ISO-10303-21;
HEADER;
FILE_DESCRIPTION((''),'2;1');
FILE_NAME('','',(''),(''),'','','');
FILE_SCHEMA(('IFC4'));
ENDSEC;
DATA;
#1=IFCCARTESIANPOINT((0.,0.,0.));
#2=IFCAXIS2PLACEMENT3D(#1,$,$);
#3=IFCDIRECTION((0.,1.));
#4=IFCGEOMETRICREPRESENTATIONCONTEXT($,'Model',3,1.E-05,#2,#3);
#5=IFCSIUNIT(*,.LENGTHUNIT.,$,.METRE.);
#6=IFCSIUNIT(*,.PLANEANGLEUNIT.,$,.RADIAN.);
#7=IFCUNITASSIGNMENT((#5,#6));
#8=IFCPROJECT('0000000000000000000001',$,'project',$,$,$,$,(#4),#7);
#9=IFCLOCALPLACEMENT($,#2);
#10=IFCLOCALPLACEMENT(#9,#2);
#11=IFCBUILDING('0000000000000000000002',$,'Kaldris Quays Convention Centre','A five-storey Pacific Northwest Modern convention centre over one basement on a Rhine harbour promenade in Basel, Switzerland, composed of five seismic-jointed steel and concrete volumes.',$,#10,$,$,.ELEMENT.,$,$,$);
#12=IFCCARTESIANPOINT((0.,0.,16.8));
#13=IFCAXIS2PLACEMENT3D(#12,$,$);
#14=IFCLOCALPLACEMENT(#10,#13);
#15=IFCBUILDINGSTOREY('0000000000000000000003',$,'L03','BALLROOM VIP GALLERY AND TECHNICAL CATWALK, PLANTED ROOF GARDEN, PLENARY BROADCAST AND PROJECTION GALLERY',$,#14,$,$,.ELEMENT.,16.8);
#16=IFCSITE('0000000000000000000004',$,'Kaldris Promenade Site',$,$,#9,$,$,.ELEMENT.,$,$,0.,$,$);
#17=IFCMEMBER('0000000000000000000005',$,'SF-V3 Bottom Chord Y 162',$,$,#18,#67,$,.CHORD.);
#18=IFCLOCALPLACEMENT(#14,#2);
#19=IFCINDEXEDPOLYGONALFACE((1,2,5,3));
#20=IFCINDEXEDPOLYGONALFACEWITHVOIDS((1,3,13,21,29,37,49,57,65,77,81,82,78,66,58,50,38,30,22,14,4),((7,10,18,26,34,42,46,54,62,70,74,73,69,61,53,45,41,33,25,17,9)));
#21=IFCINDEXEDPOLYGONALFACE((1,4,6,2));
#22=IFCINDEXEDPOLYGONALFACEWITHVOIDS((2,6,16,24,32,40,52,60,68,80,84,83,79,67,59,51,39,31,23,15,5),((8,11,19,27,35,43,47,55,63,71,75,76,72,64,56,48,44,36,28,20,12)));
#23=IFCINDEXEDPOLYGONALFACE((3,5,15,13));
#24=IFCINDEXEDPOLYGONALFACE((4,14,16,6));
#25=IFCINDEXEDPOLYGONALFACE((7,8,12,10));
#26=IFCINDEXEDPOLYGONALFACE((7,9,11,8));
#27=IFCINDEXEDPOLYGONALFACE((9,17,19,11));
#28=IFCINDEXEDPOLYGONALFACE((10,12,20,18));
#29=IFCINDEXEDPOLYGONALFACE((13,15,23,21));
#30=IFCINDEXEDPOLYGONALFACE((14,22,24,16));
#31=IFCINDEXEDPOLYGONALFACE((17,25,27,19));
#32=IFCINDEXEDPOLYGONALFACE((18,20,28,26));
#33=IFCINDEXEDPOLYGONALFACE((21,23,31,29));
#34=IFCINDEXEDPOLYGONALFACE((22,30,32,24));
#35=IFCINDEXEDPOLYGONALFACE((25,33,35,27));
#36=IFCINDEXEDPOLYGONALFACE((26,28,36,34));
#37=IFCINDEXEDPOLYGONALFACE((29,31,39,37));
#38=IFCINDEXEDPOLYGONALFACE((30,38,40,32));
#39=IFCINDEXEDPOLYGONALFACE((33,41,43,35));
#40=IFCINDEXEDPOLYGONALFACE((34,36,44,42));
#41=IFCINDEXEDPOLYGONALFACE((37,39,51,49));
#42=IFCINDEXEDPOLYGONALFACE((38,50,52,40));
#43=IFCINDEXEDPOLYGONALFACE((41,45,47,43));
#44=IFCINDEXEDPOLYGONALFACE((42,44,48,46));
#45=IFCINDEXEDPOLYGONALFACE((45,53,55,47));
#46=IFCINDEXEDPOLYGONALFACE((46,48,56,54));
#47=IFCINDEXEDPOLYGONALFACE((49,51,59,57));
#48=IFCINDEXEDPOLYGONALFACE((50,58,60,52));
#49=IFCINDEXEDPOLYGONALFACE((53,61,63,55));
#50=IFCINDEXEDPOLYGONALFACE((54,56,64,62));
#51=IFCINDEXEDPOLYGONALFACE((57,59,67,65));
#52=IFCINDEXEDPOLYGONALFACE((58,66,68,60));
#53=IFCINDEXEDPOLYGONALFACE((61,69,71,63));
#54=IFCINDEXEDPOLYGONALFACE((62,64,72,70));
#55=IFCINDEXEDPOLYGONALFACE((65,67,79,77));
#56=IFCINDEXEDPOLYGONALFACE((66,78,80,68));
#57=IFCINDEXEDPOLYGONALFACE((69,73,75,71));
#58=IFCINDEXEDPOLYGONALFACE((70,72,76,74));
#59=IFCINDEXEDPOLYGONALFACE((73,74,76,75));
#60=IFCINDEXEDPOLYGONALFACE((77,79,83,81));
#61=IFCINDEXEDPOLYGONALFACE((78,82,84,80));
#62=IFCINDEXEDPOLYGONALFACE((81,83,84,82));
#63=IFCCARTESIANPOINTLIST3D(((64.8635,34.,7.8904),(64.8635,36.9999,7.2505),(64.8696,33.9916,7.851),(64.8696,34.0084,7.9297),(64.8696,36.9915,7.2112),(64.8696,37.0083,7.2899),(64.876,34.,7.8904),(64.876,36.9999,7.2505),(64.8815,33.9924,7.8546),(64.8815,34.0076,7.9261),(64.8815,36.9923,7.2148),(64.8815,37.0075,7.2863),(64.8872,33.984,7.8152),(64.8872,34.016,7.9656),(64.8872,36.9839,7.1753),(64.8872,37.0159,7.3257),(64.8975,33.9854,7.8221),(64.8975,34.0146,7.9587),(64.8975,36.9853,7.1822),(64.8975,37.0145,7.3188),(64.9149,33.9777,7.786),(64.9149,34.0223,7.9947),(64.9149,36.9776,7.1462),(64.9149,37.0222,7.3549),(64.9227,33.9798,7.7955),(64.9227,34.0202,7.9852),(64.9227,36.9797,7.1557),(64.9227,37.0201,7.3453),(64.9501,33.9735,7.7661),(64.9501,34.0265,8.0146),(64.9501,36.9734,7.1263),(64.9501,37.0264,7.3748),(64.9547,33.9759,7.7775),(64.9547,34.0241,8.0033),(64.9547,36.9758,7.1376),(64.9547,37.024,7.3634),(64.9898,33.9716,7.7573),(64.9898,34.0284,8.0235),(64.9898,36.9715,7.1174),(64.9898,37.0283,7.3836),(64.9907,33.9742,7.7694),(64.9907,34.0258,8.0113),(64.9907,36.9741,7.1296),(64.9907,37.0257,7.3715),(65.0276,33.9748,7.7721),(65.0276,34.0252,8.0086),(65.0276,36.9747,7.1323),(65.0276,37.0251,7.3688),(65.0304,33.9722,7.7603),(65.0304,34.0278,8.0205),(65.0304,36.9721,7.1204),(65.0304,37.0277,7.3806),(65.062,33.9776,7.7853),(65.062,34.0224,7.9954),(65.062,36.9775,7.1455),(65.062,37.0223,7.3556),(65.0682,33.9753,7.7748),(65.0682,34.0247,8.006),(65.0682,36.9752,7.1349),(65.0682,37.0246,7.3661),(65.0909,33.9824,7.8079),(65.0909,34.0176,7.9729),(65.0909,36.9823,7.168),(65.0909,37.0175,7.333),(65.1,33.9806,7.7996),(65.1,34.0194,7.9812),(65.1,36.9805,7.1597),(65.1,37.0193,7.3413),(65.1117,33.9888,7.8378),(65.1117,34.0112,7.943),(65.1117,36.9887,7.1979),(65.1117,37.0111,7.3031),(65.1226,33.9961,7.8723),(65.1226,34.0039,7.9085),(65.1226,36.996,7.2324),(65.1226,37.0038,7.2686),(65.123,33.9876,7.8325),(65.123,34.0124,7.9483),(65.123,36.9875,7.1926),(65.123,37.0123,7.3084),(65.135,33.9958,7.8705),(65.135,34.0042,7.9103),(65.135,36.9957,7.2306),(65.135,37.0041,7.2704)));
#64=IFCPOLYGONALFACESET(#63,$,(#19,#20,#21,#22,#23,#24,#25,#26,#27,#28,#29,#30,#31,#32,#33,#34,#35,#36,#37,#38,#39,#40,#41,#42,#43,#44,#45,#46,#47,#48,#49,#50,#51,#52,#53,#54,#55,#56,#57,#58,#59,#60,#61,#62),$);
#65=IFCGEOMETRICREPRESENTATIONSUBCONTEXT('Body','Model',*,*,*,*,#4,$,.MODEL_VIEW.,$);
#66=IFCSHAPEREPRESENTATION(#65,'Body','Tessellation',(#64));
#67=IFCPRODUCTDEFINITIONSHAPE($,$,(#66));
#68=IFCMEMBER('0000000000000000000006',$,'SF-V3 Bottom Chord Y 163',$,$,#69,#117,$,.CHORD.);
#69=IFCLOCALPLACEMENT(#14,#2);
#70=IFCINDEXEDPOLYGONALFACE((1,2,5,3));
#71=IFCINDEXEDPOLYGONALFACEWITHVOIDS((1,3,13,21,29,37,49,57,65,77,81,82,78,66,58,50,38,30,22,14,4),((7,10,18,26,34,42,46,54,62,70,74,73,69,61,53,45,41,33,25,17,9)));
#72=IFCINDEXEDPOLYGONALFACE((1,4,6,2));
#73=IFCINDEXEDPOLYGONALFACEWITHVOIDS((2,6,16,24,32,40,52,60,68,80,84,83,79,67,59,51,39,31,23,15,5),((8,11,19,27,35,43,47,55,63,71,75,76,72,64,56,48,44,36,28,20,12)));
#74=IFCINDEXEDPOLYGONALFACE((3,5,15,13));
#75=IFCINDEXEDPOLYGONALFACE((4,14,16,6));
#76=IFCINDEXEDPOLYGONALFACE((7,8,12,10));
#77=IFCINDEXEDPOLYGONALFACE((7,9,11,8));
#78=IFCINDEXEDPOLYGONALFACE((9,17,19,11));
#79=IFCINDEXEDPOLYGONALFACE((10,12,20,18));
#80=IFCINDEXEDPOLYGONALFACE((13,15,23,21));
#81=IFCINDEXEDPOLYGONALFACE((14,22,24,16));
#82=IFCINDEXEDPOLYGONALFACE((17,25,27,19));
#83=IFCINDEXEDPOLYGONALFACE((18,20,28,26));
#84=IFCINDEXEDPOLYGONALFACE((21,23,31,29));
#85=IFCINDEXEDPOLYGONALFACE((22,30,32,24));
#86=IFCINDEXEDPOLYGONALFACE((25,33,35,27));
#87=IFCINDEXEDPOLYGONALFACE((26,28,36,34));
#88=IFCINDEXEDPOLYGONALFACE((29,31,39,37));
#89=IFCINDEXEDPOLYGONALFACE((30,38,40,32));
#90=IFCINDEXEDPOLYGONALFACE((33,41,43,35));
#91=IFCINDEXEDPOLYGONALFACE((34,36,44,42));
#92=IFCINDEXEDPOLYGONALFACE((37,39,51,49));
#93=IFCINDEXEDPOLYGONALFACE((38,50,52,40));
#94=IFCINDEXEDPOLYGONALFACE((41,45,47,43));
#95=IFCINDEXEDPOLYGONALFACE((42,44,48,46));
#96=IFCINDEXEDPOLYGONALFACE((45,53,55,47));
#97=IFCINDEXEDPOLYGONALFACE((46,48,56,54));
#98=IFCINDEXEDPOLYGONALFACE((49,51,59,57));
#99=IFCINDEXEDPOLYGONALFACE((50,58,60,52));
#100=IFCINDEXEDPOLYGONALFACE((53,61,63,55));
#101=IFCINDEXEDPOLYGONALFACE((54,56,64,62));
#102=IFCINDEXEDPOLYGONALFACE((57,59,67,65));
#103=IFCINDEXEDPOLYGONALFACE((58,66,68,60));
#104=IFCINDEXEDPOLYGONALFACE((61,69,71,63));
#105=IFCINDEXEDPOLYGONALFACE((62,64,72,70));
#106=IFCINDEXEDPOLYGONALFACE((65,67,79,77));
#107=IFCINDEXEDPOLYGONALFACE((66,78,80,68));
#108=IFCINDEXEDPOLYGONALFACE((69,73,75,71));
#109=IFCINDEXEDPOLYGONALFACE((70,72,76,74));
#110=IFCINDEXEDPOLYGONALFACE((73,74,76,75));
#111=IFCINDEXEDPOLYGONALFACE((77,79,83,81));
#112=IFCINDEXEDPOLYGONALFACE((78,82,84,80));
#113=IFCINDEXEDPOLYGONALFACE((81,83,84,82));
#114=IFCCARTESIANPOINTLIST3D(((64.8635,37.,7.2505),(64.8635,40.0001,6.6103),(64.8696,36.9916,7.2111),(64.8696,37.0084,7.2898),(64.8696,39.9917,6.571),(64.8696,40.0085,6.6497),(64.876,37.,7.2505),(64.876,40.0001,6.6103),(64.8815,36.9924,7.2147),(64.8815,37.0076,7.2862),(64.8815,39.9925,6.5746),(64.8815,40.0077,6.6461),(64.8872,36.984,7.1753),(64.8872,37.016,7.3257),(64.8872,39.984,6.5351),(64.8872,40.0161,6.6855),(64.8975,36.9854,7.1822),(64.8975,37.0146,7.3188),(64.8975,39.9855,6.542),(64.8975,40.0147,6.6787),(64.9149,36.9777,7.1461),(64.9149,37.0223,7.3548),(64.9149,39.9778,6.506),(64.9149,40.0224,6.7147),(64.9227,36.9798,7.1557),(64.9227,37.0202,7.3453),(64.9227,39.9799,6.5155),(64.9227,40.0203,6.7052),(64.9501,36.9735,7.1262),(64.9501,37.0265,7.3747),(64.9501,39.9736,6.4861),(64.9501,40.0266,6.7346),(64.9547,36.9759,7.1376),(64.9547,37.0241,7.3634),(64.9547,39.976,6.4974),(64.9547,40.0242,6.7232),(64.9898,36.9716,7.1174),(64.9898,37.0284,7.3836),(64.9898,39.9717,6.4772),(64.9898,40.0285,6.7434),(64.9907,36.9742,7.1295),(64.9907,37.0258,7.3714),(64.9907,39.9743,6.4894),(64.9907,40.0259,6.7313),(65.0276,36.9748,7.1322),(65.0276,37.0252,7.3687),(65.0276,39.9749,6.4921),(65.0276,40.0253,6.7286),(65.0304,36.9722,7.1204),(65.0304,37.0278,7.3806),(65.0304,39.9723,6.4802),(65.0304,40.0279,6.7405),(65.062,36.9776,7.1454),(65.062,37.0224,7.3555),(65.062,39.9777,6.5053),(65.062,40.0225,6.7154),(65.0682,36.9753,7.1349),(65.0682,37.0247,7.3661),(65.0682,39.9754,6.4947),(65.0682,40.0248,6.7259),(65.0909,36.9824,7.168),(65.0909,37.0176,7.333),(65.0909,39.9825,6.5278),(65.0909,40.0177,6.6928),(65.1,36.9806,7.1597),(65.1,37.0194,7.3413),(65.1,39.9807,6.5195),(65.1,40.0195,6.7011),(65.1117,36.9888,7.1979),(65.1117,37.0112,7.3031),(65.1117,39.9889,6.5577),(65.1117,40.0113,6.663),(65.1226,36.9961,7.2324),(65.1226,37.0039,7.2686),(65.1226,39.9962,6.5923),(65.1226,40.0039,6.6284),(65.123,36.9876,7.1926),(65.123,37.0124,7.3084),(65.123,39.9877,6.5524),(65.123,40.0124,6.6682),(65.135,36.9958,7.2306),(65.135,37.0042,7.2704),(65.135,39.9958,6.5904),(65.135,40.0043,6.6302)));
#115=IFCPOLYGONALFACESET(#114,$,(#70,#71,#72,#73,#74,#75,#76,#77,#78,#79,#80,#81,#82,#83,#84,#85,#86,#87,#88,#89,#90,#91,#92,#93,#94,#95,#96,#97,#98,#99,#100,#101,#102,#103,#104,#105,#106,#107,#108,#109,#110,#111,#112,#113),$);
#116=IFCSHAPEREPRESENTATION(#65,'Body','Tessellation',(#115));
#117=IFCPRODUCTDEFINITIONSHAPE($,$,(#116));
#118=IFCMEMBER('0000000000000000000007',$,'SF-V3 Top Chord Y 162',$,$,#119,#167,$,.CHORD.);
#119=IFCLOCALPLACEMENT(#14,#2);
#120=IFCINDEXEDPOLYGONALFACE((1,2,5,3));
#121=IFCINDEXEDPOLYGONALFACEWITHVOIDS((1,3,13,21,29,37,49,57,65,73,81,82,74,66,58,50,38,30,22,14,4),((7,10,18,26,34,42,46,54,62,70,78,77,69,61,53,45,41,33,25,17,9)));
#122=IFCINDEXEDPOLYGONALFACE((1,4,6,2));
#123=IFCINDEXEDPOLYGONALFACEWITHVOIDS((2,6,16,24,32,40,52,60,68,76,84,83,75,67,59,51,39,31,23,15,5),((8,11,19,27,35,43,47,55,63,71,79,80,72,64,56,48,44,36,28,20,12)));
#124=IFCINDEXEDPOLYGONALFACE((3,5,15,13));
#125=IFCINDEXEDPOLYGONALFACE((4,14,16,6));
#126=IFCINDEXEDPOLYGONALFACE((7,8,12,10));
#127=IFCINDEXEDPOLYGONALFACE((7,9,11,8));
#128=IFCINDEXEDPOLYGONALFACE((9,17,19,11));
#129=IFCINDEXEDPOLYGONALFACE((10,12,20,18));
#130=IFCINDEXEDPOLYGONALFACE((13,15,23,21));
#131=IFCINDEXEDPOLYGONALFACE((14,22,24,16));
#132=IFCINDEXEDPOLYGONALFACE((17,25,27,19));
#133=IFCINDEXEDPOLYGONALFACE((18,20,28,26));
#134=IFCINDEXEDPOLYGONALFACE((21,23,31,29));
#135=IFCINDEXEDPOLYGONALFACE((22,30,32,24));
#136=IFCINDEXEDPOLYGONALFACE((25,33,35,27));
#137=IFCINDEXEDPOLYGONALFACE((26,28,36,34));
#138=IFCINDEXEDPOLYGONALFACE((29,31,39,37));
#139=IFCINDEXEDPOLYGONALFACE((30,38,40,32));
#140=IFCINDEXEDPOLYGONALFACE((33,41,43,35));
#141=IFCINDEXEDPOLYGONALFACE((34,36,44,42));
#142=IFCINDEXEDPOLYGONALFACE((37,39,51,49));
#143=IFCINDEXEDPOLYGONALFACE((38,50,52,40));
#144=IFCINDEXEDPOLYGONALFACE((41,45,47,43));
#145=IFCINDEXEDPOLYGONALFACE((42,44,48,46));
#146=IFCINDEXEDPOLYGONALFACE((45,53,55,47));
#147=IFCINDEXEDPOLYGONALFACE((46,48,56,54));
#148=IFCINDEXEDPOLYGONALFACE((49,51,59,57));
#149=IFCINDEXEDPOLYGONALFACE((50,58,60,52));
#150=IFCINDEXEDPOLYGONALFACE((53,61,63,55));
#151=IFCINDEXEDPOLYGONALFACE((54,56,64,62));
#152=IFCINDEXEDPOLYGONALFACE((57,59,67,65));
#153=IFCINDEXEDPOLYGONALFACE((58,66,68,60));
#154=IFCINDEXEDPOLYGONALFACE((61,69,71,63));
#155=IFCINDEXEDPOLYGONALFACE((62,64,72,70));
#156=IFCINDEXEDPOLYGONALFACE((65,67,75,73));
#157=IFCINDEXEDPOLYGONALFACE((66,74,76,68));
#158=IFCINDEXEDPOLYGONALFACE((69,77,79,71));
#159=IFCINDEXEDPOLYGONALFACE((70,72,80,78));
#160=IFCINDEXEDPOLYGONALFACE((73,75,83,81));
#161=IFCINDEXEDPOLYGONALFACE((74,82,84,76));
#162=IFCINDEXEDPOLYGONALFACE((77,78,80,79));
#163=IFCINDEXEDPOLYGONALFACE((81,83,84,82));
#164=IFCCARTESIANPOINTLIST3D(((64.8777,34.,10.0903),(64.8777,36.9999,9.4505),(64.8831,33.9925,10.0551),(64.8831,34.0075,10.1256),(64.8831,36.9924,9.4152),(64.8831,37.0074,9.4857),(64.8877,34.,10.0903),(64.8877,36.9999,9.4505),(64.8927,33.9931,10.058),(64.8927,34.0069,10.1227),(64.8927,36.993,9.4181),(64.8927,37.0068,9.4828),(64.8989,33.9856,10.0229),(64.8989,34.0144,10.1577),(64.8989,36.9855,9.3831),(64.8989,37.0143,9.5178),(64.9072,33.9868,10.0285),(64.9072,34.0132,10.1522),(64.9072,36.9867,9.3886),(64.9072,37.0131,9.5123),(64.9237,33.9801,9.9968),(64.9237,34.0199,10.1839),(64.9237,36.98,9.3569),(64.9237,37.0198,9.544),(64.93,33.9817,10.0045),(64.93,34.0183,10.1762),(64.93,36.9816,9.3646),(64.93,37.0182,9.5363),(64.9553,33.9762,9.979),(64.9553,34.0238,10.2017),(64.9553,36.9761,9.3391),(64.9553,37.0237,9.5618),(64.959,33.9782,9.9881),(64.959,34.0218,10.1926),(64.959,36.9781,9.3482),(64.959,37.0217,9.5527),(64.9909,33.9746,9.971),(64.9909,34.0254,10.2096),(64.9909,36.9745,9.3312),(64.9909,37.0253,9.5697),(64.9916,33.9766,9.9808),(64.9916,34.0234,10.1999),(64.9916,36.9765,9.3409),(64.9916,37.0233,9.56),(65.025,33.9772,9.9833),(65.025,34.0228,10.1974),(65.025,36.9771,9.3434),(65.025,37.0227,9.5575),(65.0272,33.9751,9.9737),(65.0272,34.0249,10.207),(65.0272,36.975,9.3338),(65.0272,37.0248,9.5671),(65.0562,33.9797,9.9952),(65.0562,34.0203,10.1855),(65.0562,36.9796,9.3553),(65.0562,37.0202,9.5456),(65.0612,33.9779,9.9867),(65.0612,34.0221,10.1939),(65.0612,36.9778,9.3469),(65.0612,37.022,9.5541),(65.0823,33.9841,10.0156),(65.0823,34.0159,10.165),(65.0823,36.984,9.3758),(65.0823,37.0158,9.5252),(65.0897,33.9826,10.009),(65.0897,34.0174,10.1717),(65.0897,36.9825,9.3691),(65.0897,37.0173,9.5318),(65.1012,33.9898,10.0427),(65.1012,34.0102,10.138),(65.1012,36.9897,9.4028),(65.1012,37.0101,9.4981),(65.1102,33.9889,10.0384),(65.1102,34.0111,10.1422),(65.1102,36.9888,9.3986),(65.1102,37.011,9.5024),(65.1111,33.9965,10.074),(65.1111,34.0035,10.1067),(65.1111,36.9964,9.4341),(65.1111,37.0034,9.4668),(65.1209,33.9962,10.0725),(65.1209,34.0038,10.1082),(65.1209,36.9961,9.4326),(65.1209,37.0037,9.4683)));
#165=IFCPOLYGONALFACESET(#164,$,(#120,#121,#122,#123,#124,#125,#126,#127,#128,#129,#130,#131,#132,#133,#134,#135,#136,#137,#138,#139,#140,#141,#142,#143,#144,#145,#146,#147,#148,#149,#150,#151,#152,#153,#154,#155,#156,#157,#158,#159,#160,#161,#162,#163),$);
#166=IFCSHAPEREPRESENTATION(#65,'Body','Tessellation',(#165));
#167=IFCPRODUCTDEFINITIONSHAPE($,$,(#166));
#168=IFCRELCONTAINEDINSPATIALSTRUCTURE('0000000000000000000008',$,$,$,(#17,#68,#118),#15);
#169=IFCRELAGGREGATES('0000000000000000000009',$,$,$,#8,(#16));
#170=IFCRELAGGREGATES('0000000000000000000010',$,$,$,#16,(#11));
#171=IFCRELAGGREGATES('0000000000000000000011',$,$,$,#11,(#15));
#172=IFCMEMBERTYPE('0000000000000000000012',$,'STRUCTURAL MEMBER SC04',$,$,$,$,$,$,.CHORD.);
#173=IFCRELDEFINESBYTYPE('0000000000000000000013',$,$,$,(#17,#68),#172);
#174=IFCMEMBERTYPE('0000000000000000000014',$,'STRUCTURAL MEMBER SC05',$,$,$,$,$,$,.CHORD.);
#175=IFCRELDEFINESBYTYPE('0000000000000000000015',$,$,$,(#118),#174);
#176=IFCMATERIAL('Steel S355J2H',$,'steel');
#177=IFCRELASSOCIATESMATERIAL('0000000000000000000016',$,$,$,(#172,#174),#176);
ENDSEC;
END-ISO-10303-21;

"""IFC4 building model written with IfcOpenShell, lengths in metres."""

from ifc_helpers import new_model, si_unit, direction, frame, origin, origin_2d, place, context, subcontext, project, spatial, hollow_circle, extrude, material, material_profile, profile_set, type_object, element, save


model = new_model("IFC4")

# Units and contexts
model_context = context("Model", 3, precision=1e-05, world=origin(), true_north=direction((0.0, 1.0)))
body_context = subcontext(model_context, "Body", "Model", "MODEL_VIEW")
ifc_project = project(units=[si_unit("LENGTHUNIT", "METRE"), si_unit("PLANEANGLEUNIT", "RADIAN")], contexts=[model_context])

# Site, building, storey
site_placement = place(None, origin())
site = spatial("IfcSite", under=ifc_project, at=site_placement, Name="Kaldris Promenade Site", CompositionType="ELEMENT", RefElevation=0.0)
building_placement = place(site_placement, origin())
building = spatial("IfcBuilding", under=site, at=building_placement, Name="Kaldris Quays Convention Centre", Description="A five-storey Pacific Northwest Modern convention centre over one basement on a Rhine harbour promenade in Basel, Switzerland, composed of five seismic-jointed steel and concrete volumes.", CompositionType="ELEMENT")
storey_placement = place(building_placement, frame((0.0, 0.0, 16.8)))
storey = spatial("IfcBuildingStorey", under=building, at=storey_placement, Name="L03", Description="BALLROOM VIP GALLERY AND TECHNICAL CATWALK, PLANTED ROOF GARDEN, PLENARY BROADCAST AND PROJECTION GALLERY", CompositionType="ELEMENT", Elevation=16.8)

# Members
ifc_material_1 = material(Name="Steel S355J2H", Category="steel")
ifc_material_profile_1 = material_profile(ifc_material_1, hollow_circle(Radius=0.1365, WallThickness=0.0125, at=origin_2d()), Name="CHS 273x12.5")
ifc_profile_set_1 = profile_set([ifc_material_profile_1], Name="Steel S355J2H")
member_type_1 = type_object("IfcMemberType", Name="STRUCTURAL MEMBER SC04", PredefinedType="CHORD", material=ifc_profile_set_1)
member_1_placement = place(storey_placement, frame((65.0, 34.0, 7.8904), z_axis=(0.0, 0.978, -0.208605), x_axis=(-1.0, 0.0, 0.0)))
element("IfcMember", 1, at=member_1_placement, inside=storey, type_object=member_type_1, Name="SF-V3 Bottom Chord Y 162", PredefinedType="CHORD", context=body_context, shape_type="SweptSolid", body=[
    extrude(hollow_circle(Radius=0.1365, WallThickness=0.0125, at=origin_2d()), origin(), (0.0, 0.0, 1.0), 3.0674),
])
member_2_placement = place(storey_placement, frame((65.0, 37.0, 7.2505), z_axis=(0.0, 0.977984, -0.208681), x_axis=(-1.0, 0.0, 0.0)))
element("IfcMember", 2, at=member_2_placement, inside=storey, type_object=member_type_1, Name="SF-V3 Bottom Chord Y 163", PredefinedType="CHORD", context=body_context, shape_type="SweptSolid", body=[
    extrude(hollow_circle(Radius=0.1365, WallThickness=0.0125, at=origin_2d()), origin(), (0.0, 0.0, 1.0), 3.0676),
])
ifc_material_profile_2 = material_profile(ifc_material_1, hollow_circle(Radius=0.1223, WallThickness=0.01, at=origin_2d()), Name="CHS 244.5x10")
ifc_profile_set_2 = profile_set([ifc_material_profile_2], Name="Steel S355J2H")
member_type_2 = type_object("IfcMemberType", Name="STRUCTURAL MEMBER SC05", PredefinedType="CHORD", material=ifc_profile_set_2)
member_3_placement = place(storey_placement, frame((65.0, 34.0, 10.0903), z_axis=(0.0, 0.978, -0.208605), x_axis=(-1.0, 0.0, 0.0)))
element("IfcMember", 3, at=member_3_placement, inside=storey, type_object=member_type_2, Name="SF-V3 Top Chord Y 162", PredefinedType="CHORD", context=body_context, shape_type="SweptSolid", body=[
    extrude(hollow_circle(Radius=0.1223, WallThickness=0.01, at=origin_2d()), origin(), (0.0, 0.0, 1.0), 3.0674),
])

save(model, "model.ifc")
